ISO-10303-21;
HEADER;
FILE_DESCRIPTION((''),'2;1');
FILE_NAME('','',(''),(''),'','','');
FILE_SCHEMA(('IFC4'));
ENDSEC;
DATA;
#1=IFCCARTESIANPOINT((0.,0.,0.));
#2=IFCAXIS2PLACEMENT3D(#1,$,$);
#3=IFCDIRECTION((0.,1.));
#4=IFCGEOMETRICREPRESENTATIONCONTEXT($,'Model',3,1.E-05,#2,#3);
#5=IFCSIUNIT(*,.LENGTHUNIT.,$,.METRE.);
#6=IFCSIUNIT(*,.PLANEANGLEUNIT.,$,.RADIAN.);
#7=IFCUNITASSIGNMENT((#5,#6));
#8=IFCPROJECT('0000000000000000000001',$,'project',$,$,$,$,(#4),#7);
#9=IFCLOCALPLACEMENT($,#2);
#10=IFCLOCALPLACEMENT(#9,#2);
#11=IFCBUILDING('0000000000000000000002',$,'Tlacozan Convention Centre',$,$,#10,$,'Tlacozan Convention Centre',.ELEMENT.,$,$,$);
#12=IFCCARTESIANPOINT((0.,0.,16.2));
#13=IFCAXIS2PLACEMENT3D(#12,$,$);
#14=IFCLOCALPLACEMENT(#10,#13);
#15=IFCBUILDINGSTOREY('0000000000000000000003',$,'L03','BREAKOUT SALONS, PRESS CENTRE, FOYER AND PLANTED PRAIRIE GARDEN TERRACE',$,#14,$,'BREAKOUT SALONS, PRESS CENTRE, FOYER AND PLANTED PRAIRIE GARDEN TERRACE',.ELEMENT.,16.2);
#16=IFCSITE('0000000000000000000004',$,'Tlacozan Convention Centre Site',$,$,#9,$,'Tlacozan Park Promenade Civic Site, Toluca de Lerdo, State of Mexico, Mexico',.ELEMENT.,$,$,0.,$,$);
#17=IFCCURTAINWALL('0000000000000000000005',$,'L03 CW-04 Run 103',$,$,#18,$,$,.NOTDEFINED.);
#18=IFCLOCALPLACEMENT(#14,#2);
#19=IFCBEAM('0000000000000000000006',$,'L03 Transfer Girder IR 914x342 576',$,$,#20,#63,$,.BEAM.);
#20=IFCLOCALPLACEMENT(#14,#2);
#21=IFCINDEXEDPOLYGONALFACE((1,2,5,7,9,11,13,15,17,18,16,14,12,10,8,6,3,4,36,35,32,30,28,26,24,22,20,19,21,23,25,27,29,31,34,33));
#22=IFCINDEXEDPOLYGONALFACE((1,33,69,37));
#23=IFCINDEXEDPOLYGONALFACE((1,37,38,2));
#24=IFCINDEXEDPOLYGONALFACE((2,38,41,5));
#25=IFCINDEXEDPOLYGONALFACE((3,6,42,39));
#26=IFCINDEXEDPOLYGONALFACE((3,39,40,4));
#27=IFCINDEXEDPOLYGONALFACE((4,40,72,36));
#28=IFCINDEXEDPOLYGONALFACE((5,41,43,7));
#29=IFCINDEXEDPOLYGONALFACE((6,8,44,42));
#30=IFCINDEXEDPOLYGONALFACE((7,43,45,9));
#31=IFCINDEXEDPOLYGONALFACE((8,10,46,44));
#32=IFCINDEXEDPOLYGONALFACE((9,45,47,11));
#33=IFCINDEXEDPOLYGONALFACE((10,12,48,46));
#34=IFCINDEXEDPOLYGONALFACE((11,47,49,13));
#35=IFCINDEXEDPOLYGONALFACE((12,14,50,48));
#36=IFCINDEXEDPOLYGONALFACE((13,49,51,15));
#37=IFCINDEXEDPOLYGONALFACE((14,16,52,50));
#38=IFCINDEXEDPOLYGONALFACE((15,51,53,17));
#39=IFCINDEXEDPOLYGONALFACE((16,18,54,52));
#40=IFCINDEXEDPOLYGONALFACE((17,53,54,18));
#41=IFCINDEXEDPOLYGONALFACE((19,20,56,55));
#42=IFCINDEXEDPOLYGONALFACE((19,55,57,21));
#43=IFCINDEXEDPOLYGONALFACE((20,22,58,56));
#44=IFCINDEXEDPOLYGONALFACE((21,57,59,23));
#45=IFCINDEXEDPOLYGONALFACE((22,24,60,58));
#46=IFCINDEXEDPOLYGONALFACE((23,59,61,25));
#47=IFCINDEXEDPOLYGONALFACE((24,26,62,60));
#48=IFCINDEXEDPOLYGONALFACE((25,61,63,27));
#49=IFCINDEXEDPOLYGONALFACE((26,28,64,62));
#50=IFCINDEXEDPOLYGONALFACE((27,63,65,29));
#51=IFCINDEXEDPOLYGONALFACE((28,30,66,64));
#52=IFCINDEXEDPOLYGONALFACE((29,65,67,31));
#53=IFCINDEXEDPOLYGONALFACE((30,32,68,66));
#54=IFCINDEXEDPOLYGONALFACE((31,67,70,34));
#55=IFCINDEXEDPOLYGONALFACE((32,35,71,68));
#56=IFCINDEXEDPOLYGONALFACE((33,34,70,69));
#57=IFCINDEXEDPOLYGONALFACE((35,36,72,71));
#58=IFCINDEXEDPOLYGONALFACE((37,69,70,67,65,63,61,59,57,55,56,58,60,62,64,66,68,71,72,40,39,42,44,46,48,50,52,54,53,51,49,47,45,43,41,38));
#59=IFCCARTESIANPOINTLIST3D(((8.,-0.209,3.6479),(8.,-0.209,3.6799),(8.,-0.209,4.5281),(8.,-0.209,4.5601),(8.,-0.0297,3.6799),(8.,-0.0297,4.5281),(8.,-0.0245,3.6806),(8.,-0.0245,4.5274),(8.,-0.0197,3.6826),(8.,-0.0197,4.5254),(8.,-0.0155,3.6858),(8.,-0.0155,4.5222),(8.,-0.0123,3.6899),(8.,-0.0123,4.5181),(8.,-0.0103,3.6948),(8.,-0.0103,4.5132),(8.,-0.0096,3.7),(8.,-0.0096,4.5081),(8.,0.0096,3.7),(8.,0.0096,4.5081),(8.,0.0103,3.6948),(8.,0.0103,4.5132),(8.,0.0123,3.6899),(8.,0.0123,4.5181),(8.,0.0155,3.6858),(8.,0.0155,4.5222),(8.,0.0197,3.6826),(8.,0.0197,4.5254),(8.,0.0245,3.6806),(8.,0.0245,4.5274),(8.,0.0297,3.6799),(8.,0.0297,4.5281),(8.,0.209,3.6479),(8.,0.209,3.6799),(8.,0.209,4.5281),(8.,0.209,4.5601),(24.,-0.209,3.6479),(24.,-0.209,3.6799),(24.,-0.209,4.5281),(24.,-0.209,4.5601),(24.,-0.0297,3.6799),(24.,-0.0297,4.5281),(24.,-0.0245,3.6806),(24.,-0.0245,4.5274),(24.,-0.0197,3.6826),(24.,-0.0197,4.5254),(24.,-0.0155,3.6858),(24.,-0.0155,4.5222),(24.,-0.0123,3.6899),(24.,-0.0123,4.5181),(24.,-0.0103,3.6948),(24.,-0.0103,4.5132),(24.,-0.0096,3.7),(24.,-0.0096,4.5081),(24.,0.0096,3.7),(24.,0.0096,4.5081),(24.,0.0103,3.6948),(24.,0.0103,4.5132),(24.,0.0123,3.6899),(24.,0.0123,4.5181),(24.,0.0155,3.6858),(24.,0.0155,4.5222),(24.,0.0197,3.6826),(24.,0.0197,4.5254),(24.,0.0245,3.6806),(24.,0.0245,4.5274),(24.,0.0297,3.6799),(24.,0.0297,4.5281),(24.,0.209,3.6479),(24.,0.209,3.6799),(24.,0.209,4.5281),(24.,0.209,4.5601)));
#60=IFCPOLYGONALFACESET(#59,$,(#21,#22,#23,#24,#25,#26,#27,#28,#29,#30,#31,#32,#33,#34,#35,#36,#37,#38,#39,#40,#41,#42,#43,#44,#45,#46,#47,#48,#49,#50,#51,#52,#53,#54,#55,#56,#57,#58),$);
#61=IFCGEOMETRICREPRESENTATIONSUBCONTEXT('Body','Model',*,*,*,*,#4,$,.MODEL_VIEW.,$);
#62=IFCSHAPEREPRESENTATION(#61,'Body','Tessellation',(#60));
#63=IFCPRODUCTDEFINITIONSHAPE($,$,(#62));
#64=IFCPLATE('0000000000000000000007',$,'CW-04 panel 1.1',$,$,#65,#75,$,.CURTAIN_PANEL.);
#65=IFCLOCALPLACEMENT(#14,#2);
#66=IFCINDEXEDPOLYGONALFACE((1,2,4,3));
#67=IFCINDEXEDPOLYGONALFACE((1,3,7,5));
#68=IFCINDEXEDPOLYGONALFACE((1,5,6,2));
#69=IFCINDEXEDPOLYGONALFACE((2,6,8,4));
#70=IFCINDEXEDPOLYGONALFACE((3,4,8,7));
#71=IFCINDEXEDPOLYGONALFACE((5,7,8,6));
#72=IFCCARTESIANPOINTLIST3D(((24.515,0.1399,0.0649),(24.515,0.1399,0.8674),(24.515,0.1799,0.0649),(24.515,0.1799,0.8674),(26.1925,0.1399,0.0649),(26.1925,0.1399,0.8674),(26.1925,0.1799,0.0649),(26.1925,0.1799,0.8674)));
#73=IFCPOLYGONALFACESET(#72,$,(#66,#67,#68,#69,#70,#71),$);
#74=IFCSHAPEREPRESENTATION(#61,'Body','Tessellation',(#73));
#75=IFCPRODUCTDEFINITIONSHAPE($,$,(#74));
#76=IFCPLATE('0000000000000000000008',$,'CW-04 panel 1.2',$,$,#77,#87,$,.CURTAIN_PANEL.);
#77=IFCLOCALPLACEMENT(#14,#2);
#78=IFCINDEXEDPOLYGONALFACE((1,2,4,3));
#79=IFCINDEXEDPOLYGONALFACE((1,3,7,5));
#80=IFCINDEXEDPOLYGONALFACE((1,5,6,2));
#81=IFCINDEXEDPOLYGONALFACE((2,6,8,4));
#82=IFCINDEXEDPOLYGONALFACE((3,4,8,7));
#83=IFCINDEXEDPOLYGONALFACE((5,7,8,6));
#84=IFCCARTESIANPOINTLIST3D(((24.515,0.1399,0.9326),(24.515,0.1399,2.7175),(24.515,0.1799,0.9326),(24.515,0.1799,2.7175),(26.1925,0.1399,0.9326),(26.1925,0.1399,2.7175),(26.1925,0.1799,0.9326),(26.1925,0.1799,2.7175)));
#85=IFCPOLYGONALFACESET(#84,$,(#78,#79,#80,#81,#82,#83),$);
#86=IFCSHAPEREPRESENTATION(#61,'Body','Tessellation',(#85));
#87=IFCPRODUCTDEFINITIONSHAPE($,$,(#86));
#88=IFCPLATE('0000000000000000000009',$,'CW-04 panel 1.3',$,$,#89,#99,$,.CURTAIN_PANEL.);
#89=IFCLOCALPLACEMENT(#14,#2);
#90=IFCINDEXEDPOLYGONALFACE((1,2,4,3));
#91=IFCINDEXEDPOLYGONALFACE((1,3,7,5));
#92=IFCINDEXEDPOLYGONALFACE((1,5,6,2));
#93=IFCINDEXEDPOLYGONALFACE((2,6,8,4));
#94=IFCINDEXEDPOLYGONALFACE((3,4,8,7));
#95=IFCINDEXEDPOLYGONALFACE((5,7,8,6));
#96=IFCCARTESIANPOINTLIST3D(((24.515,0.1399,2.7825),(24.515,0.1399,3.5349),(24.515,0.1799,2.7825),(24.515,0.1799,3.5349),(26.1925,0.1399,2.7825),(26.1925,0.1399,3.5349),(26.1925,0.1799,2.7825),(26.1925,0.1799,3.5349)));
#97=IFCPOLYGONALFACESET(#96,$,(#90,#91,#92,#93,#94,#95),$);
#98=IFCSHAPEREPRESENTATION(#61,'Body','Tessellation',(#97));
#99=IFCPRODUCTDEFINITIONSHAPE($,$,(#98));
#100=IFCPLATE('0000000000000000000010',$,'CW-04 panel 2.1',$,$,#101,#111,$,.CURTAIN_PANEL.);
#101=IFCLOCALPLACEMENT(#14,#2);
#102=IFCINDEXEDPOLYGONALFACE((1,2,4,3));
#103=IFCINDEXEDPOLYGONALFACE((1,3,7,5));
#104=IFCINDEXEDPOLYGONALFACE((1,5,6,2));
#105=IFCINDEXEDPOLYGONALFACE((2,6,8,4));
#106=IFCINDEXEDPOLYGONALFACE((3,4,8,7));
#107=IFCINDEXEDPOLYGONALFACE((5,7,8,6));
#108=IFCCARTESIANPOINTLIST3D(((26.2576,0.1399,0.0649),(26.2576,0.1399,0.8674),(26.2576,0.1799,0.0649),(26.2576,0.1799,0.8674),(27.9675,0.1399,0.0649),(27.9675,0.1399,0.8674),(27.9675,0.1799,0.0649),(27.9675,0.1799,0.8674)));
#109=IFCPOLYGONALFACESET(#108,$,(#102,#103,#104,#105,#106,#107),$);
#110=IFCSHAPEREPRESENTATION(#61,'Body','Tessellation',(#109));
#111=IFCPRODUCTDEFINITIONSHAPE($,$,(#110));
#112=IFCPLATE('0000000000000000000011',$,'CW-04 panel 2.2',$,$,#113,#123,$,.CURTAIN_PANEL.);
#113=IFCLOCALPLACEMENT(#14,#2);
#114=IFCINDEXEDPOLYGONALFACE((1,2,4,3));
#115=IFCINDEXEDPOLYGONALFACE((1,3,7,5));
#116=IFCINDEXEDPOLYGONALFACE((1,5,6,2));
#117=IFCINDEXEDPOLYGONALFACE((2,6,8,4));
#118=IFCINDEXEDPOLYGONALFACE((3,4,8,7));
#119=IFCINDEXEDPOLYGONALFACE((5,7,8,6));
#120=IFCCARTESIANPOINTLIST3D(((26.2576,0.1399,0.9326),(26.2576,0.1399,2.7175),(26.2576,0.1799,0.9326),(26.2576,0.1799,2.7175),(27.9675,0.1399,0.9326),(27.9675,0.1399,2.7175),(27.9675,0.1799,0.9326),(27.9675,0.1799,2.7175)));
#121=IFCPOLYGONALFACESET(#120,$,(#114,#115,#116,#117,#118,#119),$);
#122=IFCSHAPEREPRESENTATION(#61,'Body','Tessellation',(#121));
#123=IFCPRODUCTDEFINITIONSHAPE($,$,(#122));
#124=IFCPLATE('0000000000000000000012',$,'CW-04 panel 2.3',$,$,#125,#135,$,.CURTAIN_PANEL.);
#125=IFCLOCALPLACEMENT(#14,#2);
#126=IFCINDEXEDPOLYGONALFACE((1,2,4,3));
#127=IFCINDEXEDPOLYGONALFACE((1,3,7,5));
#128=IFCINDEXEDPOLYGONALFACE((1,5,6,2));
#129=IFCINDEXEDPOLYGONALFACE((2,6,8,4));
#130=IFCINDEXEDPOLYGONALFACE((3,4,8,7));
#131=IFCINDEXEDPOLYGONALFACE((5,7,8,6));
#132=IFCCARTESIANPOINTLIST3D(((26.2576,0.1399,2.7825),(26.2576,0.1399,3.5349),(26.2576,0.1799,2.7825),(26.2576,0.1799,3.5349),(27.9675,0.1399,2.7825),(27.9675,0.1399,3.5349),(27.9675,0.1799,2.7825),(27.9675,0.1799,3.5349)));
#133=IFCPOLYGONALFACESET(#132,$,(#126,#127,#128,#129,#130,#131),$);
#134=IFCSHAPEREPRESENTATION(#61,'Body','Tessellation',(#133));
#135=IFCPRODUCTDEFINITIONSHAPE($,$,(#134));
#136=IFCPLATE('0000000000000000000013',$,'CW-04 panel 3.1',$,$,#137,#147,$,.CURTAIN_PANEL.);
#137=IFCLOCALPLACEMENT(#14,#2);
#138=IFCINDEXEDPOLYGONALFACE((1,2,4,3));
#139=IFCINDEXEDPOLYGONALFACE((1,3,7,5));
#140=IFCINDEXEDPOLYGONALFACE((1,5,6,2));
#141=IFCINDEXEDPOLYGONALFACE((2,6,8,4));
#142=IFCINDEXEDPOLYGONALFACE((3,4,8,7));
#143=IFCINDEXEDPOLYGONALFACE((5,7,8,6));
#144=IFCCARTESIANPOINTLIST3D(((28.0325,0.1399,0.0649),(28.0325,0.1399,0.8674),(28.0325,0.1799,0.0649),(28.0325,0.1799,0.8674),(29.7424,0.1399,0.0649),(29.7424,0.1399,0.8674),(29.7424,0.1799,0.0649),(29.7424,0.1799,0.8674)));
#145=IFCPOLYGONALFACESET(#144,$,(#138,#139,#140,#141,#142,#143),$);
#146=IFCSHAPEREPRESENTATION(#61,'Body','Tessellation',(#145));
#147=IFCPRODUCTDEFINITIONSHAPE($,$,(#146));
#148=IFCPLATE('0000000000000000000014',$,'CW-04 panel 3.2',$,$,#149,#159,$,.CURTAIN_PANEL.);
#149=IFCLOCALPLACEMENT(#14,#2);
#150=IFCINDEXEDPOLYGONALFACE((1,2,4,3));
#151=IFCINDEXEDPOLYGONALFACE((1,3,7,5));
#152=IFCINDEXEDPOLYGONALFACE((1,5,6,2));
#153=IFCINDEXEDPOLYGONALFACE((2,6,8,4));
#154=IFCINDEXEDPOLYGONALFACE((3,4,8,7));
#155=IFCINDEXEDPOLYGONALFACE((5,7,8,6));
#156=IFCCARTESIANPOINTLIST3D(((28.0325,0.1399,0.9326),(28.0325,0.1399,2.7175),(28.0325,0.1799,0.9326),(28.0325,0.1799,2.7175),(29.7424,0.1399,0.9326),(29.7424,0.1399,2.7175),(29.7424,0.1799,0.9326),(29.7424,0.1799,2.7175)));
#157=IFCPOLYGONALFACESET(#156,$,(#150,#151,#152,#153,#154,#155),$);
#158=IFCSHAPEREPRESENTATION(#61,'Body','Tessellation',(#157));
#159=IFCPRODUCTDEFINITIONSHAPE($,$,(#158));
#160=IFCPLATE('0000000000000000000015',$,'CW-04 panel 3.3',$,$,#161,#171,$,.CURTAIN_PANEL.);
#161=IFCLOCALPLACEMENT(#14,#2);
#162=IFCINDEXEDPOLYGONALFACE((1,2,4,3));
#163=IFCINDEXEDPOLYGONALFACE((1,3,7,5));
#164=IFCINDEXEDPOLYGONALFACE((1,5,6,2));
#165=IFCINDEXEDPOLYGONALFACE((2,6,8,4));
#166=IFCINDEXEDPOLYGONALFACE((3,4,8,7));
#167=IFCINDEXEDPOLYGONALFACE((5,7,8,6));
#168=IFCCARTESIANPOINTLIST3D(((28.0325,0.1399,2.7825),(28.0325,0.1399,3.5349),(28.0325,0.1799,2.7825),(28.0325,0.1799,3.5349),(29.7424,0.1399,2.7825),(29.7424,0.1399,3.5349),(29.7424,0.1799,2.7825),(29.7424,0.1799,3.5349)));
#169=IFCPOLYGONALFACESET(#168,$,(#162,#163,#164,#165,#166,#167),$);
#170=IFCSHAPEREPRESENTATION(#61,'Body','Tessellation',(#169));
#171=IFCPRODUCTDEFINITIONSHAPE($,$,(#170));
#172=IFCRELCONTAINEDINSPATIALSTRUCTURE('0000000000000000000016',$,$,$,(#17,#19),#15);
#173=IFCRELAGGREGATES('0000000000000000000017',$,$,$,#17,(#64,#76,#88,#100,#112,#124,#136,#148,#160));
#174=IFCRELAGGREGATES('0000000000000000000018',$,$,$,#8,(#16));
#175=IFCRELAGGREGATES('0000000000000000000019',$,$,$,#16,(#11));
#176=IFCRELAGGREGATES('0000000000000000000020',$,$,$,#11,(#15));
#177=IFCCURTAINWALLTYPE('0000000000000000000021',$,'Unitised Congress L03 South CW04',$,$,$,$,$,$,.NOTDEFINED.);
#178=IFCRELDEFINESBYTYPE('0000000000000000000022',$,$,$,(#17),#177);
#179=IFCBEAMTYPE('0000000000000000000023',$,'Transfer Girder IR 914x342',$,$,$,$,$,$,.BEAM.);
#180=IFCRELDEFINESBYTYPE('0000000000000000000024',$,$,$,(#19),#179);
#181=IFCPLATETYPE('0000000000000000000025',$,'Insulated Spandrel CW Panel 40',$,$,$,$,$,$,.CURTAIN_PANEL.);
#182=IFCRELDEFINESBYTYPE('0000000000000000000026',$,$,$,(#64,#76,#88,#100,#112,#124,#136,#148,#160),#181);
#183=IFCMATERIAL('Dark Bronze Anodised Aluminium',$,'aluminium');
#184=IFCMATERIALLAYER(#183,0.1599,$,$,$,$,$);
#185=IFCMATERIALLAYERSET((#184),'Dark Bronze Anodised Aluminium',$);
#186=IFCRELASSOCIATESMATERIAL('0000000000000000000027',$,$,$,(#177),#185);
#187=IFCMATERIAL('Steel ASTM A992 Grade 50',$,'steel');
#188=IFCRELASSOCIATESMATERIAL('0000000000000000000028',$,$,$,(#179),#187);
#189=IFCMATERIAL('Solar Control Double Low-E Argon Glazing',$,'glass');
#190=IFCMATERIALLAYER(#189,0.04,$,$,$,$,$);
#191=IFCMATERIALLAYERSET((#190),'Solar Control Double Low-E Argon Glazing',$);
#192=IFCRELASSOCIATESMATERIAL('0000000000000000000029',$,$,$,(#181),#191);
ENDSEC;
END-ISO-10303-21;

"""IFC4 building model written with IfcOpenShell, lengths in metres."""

from ifc_helpers import new_model, si_unit, direction, frame, origin, origin_2d, place, context, subcontext, project, spatial, rectangle, i_section, extrude, material, layer, layer_set, material_profile, profile_set, type_object, element, aggregate, save


model = new_model("IFC4")

# Units and contexts
model_context = context("Model", 3, precision=1e-05, world=origin(), true_north=direction((0.0, 1.0)))
body_context = subcontext(model_context, "Body", "Model", "MODEL_VIEW")
ifc_project = project(units=[si_unit("LENGTHUNIT", "METRE"), si_unit("PLANEANGLEUNIT", "RADIAN")], contexts=[model_context])

# Site, building, storey
site_placement = place(None, origin())
site = spatial("IfcSite", under=ifc_project, at=site_placement, Name="Tlacozan Convention Centre Site", LongName="Tlacozan Park Promenade Civic Site, Toluca de Lerdo, State of Mexico, Mexico", CompositionType="ELEMENT", RefElevation=0.0)
building_placement = place(site_placement, origin())
building = spatial("IfcBuilding", under=site, at=building_placement, Name="Tlacozan Convention Centre", LongName="Tlacozan Convention Centre", CompositionType="ELEMENT")
storey_placement = place(building_placement, frame((0.0, 0.0, 16.2)))
storey = spatial("IfcBuildingStorey", under=building, at=storey_placement, Name="L03", Description="BREAKOUT SALONS, PRESS CENTRE, FOYER AND PLANTED PRAIRIE GARDEN TERRACE", LongName="BREAKOUT SALONS, PRESS CENTRE, FOYER AND PLANTED PRAIRIE GARDEN TERRACE", CompositionType="ELEMENT", Elevation=16.2)

# Curtain wall
ifc_material_1 = material(Name="Dark Bronze Anodised Aluminium", Category="aluminium")
ifc_layer_1 = layer(ifc_material_1, 0.1599)
ifc_layer_set_1 = layer_set([ifc_layer_1], Name="Dark Bronze Anodised Aluminium")
curtain_wall_type = type_object("IfcCurtainWallType", Name="Unitised Congress L03 South CW04", PredefinedType="NOTDEFINED", material=ifc_layer_set_1)
curtain_wall_placement = place(storey_placement, origin())
curtain_wall = element("IfcCurtainWall", 1, at=curtain_wall_placement, inside=storey, type_object=curtain_wall_type, Name="L03 CW-04 Run 103", PredefinedType="NOTDEFINED")

# Beam
ifc_material_2 = material(Name="Steel ASTM A992 Grade 50", Category="steel")
ifc_material_profile_1 = material_profile(ifc_material_2, i_section(OverallWidth=0.418, OverallDepth=0.9121, WebThickness=0.0193, FlangeThickness=0.032, FilletRadius=0.02, at=origin_2d()), Name="IR 914x342.0")
ifc_profile_set_1 = profile_set([ifc_material_profile_1], Name="Steel ASTM A992 Grade 50")
beam_type_1 = type_object("IfcBeamType", Name="Transfer Girder IR 914x342", PredefinedType="BEAM", material=ifc_profile_set_1)
beam_1_placement = place(storey_placement, frame((24.0, 0.0, 4.104), z_axis=(-1.0, 0.0, 0.0), x_axis=(0.0, -1.0, 0.0)))
element("IfcBeam", 2, at=beam_1_placement, inside=storey, type_object=beam_type_1, Name="L03 Transfer Girder IR 914x342 576", PredefinedType="BEAM", context=body_context, shape_type="SweptSolid", body=[
    extrude(i_section(OverallWidth=0.418, OverallDepth=0.9121, WebThickness=0.0193, FlangeThickness=0.032, FilletRadius=0.02, at=origin_2d()), origin(), (0.0, 0.0, 1.0), 16.0),
])

# Plates
ifc_material_3 = material(Name="Solar Control Double Low-E Argon Glazing", Category="glass")
ifc_layer_2 = layer(ifc_material_3, 0.04)
ifc_layer_set_2 = layer_set([ifc_layer_2], Name="Solar Control Double Low-E Argon Glazing")
plate_type = type_object("IfcPlateType", Name="Insulated Spandrel CW Panel 40", PredefinedType="CURTAIN_PANEL", material=ifc_layer_set_2)
plate_1_placement = place(storey_placement, frame((25.3538, 0.1599, 0.0649), z_axis=(0.0, 0.0, 1.0), x_axis=(1.0, 0.0, 0.0)))
plate_1 = element("IfcPlate", 3, at=plate_1_placement, type_object=plate_type, Name="CW-04 panel 1.1", PredefinedType="CURTAIN_PANEL", context=body_context, shape_type="SweptSolid", body=[
    extrude(rectangle(XDim=1.6775, YDim=0.04, at=origin_2d()), origin(), (0.0, 0.0, 1.0), 0.8025),
])
plate_2_placement = place(storey_placement, frame((25.3538, 0.1599, 0.9326), z_axis=(0.0, 0.0, 1.0), x_axis=(1.0, 0.0, 0.0)))
plate_2 = element("IfcPlate", 4, at=plate_2_placement, type_object=plate_type, Name="CW-04 panel 1.2", PredefinedType="CURTAIN_PANEL", context=body_context, shape_type="SweptSolid", body=[
    extrude(rectangle(XDim=1.6775, YDim=0.04, at=origin_2d()), origin(), (0.0, 0.0, 1.0), 1.7849),
])
plate_3_placement = place(storey_placement, frame((25.3538, 0.1599, 2.7825), z_axis=(0.0, 0.0, 1.0), x_axis=(1.0, 0.0, 0.0)))
plate_3 = element("IfcPlate", 5, at=plate_3_placement, type_object=plate_type, Name="CW-04 panel 1.3", PredefinedType="CURTAIN_PANEL", context=body_context, shape_type="SweptSolid", body=[
    extrude(rectangle(XDim=1.6775, YDim=0.04, at=origin_2d()), origin(), (0.0, 0.0, 1.0), 0.7524),
])
plate_4_placement = place(storey_placement, frame((27.1125, 0.1599, 0.0649), z_axis=(0.0, 0.0, 1.0), x_axis=(1.0, 0.0, 0.0)))
plate_4 = element("IfcPlate", 6, at=plate_4_placement, type_object=plate_type, Name="CW-04 panel 2.1", PredefinedType="CURTAIN_PANEL", context=body_context, shape_type="SweptSolid", body=[
    extrude(rectangle(XDim=1.71, YDim=0.04, at=origin_2d()), origin(), (0.0, 0.0, 1.0), 0.8025),
])
plate_5_placement = place(storey_placement, frame((27.1125, 0.1599, 0.9326), z_axis=(0.0, 0.0, 1.0), x_axis=(1.0, 0.0, 0.0)))
plate_5 = element("IfcPlate", 7, at=plate_5_placement, type_object=plate_type, Name="CW-04 panel 2.2", PredefinedType="CURTAIN_PANEL", context=body_context, shape_type="SweptSolid", body=[
    extrude(rectangle(XDim=1.71, YDim=0.04, at=origin_2d()), origin(), (0.0, 0.0, 1.0), 1.7849),
])
plate_6_placement = place(storey_placement, frame((27.1125, 0.1599, 2.7825), z_axis=(0.0, 0.0, 1.0), x_axis=(1.0, 0.0, 0.0)))
plate_6 = element("IfcPlate", 8, at=plate_6_placement, type_object=plate_type, Name="CW-04 panel 2.3", PredefinedType="CURTAIN_PANEL", context=body_context, shape_type="SweptSolid", body=[
    extrude(rectangle(XDim=1.71, YDim=0.04, at=origin_2d()), origin(), (0.0, 0.0, 1.0), 0.7524),
])
plate_7_placement = place(storey_placement, frame((28.8875, 0.1599, 0.0649), z_axis=(0.0, 0.0, 1.0), x_axis=(1.0, 0.0, 0.0)))
plate_7 = element("IfcPlate", 9, at=plate_7_placement, type_object=plate_type, Name="CW-04 panel 3.1", PredefinedType="CURTAIN_PANEL", context=body_context, shape_type="SweptSolid", body=[
    extrude(rectangle(XDim=1.71, YDim=0.04, at=origin_2d()), origin(), (0.0, 0.0, 1.0), 0.8025),
])
plate_8_placement = place(storey_placement, frame((28.8875, 0.1599, 0.9326), z_axis=(0.0, 0.0, 1.0), x_axis=(1.0, 0.0, 0.0)))
plate_8 = element("IfcPlate", 10, at=plate_8_placement, type_object=plate_type, Name="CW-04 panel 3.2", PredefinedType="CURTAIN_PANEL", context=body_context, shape_type="SweptSolid", body=[
    extrude(rectangle(XDim=1.71, YDim=0.04, at=origin_2d()), origin(), (0.0, 0.0, 1.0), 1.7849),
])
plate_9_placement = place(storey_placement, frame((28.8875, 0.1599, 2.7825), z_axis=(0.0, 0.0, 1.0), x_axis=(1.0, 0.0, 0.0)))
plate_9 = element("IfcPlate", 11, at=plate_9_placement, type_object=plate_type, Name="CW-04 panel 3.3", PredefinedType="CURTAIN_PANEL", context=body_context, shape_type="SweptSolid", body=[
    extrude(rectangle(XDim=1.71, YDim=0.04, at=origin_2d()), origin(), (0.0, 0.0, 1.0), 0.7524),
])
aggregate(curtain_wall, [plate_1, plate_2, plate_3, plate_4, plate_5, plate_6, plate_7, plate_8, plate_9])

save(model, "model.ifc")
